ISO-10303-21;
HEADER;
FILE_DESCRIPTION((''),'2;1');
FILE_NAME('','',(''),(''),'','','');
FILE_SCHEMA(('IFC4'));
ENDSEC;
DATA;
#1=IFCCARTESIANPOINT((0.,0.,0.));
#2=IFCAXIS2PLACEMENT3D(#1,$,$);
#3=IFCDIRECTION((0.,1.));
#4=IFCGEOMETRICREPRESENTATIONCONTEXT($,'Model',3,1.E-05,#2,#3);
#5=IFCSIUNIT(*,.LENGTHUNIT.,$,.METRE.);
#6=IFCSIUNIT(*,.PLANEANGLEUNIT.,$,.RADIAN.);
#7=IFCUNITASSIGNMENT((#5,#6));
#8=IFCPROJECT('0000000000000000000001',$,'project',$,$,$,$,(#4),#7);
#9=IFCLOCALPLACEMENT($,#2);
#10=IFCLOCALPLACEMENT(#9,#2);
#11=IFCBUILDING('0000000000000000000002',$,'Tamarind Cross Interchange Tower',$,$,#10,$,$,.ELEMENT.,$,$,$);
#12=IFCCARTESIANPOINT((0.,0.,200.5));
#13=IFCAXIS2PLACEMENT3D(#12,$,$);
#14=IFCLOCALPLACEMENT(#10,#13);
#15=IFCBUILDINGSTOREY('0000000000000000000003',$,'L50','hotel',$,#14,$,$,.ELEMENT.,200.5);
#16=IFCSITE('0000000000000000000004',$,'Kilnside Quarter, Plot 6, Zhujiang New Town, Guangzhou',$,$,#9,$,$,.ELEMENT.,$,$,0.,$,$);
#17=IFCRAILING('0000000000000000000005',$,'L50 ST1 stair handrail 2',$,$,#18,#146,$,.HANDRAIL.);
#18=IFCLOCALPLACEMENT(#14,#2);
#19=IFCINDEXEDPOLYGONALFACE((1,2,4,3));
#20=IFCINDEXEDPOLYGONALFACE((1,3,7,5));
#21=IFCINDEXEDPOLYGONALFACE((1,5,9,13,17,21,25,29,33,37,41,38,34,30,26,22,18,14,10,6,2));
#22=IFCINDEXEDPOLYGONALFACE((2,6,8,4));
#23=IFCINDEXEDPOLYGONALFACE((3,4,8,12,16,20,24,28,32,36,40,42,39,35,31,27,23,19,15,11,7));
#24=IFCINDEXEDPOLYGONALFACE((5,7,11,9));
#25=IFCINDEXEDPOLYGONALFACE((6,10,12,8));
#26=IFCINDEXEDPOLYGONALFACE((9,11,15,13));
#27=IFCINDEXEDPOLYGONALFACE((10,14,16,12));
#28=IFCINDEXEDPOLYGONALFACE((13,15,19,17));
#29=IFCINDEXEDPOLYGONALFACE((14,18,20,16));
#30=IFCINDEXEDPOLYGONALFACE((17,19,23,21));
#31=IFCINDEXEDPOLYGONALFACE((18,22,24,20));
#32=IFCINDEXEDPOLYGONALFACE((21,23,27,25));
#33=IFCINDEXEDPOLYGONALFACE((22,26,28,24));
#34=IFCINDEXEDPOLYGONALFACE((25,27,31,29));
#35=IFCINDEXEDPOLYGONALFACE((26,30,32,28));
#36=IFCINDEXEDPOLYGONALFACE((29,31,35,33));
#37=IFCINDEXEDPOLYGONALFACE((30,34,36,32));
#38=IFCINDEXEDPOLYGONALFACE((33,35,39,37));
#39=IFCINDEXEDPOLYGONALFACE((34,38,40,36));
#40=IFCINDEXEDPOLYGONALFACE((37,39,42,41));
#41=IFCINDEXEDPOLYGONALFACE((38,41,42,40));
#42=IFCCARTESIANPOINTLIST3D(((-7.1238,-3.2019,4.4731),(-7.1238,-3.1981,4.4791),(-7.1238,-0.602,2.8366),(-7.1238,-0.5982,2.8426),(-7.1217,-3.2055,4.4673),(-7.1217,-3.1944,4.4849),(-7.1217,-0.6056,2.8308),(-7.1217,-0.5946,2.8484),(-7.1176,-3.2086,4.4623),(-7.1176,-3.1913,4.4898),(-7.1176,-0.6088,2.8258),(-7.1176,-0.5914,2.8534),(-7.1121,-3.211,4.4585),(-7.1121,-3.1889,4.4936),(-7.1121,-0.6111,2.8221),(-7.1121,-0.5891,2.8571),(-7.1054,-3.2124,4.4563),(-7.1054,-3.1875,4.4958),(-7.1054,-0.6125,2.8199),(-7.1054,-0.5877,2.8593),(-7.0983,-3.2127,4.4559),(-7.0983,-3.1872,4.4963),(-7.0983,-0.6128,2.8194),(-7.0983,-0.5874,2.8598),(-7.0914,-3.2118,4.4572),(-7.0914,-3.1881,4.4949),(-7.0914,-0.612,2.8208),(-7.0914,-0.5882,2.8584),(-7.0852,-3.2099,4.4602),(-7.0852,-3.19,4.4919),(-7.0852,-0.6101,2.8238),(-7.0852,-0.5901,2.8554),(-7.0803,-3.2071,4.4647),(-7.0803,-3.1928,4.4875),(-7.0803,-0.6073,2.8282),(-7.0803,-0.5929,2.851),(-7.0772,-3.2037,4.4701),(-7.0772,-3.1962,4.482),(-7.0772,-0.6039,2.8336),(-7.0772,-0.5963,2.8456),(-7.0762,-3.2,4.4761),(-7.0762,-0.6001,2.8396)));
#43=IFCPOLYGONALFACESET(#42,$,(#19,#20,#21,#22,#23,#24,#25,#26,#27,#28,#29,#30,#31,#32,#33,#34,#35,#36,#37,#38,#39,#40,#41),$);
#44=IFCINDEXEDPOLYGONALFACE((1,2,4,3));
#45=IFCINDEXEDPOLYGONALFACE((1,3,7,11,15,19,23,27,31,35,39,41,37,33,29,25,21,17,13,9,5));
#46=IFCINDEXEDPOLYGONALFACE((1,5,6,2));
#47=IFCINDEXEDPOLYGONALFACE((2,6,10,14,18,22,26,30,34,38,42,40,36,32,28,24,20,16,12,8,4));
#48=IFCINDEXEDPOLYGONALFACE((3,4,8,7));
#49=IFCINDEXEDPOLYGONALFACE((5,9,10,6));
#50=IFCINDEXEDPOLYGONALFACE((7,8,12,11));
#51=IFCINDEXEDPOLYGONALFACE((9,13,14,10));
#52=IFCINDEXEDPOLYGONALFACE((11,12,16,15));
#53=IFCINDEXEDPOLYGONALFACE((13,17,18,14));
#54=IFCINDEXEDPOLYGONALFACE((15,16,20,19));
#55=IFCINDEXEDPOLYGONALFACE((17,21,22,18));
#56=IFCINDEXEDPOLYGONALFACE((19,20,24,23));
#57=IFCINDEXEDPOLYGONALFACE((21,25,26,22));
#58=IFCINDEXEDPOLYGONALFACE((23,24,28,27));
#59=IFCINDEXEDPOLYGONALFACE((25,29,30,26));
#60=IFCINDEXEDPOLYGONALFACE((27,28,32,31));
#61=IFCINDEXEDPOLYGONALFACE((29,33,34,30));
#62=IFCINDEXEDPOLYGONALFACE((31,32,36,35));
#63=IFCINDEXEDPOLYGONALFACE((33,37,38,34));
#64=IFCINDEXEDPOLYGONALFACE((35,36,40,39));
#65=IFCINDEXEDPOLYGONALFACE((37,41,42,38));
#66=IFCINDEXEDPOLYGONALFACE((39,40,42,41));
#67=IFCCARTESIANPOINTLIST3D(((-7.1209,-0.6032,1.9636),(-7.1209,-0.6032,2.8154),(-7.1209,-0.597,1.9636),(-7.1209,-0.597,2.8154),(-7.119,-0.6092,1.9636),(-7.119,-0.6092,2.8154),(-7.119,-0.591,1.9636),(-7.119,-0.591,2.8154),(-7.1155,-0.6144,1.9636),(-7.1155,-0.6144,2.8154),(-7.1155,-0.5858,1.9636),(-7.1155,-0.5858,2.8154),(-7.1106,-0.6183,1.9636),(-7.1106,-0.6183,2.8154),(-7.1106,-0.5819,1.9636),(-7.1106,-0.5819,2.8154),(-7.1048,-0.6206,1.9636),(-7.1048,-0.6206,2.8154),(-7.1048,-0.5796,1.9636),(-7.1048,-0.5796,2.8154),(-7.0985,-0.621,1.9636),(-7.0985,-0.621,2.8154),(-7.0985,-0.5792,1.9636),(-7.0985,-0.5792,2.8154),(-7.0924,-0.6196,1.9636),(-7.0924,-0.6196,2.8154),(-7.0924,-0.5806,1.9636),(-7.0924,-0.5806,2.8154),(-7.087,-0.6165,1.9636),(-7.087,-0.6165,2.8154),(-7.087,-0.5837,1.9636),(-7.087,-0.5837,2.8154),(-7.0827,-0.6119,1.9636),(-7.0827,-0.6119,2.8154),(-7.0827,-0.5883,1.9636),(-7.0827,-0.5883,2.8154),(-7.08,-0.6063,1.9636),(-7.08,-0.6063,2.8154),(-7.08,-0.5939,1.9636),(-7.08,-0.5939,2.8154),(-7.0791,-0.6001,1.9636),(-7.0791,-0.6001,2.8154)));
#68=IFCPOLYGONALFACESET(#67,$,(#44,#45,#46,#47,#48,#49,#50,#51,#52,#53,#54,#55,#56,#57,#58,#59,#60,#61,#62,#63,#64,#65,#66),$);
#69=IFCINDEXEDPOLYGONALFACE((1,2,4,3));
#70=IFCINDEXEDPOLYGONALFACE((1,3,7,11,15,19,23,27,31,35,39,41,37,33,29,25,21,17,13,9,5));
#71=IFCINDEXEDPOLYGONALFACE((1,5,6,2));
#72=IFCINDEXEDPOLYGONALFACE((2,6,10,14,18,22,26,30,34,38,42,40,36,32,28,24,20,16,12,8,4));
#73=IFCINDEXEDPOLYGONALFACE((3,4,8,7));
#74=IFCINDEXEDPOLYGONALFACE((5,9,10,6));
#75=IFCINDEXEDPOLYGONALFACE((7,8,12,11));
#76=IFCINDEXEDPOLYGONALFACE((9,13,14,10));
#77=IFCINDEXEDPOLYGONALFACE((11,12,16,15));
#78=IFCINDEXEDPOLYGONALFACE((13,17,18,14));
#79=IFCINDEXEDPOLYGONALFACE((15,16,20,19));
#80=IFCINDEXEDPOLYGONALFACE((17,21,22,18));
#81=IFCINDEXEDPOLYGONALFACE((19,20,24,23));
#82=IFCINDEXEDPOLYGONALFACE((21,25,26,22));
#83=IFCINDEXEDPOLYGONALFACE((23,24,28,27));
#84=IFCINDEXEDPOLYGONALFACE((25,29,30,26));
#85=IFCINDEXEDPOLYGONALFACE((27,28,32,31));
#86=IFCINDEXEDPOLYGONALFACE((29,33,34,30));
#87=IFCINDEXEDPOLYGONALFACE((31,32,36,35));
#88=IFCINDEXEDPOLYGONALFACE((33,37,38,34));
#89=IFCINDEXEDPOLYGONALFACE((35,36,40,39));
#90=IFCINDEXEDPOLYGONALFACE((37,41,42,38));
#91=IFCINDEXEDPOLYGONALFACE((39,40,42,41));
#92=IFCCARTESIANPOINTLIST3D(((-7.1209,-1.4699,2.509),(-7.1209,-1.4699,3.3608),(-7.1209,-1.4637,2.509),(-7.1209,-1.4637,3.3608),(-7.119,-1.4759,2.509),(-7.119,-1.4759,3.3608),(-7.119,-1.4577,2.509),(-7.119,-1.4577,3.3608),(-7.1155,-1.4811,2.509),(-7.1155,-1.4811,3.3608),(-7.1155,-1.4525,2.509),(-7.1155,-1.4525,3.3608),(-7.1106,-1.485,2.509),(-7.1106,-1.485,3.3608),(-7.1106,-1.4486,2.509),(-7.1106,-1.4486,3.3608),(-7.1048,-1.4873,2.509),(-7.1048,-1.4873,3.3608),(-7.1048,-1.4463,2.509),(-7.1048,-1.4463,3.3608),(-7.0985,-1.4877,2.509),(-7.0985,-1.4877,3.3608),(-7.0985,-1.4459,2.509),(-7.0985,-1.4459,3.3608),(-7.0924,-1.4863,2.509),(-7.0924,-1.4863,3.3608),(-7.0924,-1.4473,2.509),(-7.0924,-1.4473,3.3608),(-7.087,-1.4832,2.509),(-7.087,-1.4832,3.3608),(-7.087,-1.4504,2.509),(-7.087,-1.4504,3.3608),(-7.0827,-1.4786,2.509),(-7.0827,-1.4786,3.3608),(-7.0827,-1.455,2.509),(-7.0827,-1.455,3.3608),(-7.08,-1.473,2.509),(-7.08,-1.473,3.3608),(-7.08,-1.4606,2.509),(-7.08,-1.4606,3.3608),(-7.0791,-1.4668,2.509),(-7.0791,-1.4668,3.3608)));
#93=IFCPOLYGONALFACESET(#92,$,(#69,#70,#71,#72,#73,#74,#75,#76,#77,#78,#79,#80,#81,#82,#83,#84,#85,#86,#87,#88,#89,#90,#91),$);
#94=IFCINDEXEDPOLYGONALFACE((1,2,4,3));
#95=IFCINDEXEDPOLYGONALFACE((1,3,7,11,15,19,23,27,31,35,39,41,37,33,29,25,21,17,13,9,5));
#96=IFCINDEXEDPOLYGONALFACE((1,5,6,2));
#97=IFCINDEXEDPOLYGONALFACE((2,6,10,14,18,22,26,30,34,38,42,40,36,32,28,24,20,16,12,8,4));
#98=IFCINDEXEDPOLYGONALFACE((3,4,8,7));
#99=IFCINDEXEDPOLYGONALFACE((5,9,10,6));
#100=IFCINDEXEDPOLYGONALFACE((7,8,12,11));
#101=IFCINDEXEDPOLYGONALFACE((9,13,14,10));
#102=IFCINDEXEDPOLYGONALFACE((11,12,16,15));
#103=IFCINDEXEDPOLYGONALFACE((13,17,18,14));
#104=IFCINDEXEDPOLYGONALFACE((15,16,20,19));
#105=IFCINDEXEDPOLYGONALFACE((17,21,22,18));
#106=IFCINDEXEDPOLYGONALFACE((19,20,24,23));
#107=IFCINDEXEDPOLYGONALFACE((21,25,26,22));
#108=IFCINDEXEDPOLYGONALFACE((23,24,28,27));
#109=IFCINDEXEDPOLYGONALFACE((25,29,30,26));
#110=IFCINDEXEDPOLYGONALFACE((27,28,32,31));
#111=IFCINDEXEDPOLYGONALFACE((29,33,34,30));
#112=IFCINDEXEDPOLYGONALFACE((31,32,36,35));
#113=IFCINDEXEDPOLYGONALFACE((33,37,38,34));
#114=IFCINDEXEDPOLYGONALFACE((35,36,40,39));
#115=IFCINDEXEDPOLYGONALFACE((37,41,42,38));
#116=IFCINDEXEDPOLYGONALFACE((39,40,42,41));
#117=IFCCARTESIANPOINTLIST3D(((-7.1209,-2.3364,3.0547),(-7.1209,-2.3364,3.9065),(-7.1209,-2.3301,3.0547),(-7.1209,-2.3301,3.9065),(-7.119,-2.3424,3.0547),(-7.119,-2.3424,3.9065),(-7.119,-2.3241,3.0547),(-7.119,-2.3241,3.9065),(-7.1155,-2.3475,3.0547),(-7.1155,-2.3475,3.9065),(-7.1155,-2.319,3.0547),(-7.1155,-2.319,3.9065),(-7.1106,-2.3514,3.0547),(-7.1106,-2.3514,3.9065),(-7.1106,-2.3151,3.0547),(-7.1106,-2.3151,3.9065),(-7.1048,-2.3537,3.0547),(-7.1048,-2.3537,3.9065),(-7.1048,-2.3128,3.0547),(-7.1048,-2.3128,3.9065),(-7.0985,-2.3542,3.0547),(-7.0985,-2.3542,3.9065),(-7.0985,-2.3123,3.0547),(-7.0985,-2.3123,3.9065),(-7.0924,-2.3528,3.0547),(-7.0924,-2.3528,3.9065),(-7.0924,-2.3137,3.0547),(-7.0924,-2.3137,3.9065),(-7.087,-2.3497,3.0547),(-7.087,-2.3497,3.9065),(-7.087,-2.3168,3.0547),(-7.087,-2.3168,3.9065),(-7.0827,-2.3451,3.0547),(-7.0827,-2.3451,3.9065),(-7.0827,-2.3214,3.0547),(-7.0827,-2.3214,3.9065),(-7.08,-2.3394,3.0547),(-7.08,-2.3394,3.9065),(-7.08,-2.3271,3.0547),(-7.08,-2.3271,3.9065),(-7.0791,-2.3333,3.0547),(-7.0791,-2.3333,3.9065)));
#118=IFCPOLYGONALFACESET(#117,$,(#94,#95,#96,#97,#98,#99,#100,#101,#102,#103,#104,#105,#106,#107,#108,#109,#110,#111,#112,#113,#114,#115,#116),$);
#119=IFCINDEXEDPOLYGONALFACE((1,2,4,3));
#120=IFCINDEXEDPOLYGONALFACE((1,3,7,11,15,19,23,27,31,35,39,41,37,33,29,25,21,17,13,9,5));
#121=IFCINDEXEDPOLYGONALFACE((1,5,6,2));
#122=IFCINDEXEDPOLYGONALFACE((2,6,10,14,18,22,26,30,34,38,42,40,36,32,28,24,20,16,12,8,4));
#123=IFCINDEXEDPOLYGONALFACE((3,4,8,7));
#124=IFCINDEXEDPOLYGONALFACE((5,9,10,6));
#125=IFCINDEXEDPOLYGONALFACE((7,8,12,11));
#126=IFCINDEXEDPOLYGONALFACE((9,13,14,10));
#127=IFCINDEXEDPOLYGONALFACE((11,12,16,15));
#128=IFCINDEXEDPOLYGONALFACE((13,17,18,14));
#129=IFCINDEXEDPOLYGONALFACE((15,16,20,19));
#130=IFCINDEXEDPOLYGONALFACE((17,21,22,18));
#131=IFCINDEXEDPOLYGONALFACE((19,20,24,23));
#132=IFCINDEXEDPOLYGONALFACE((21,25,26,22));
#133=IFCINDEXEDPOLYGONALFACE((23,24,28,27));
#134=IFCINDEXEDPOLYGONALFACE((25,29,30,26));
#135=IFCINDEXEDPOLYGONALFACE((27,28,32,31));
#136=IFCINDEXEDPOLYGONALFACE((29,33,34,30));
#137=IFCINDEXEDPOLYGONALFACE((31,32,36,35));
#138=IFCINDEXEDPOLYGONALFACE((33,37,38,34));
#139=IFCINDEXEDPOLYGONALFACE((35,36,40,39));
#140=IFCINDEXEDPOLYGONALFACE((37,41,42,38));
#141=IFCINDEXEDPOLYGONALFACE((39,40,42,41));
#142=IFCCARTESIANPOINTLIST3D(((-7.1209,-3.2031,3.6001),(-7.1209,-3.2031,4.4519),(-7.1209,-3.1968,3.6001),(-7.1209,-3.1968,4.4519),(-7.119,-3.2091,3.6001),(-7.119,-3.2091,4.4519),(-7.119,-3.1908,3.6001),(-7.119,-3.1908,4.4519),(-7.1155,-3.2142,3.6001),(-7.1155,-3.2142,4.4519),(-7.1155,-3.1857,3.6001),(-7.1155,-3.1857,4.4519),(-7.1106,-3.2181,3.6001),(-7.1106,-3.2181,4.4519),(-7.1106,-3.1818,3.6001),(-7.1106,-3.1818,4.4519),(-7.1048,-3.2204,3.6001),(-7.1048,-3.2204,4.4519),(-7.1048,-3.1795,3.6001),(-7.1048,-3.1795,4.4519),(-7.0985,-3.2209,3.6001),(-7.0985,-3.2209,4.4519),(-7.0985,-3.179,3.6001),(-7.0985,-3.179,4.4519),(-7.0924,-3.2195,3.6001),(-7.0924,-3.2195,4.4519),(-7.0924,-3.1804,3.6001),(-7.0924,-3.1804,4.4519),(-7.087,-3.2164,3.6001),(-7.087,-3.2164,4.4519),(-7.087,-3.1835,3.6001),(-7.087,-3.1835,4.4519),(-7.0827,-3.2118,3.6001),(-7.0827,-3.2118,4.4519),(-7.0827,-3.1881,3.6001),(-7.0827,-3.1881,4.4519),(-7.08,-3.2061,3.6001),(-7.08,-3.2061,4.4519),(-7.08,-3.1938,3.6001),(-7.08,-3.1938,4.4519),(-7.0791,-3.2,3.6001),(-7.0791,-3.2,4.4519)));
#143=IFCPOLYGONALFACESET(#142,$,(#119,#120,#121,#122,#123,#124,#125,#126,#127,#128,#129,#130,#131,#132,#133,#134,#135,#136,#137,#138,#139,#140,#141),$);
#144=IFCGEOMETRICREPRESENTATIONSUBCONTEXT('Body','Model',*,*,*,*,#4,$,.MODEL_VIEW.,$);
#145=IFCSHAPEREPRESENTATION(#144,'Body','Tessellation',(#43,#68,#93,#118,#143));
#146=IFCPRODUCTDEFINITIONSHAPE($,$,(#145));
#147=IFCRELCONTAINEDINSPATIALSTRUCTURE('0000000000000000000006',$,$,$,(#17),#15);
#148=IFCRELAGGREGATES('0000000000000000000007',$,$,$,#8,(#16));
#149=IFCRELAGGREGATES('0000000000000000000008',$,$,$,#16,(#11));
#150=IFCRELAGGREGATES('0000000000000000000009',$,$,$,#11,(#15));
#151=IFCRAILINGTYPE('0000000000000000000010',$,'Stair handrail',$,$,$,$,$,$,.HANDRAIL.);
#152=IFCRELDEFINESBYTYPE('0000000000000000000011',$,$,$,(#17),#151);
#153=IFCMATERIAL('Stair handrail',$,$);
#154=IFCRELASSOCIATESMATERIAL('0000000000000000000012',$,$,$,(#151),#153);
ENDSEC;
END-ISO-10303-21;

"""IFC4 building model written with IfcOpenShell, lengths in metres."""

from ifc_helpers import new_model, si_unit, direction, frame, origin, origin_2d, place, context, subcontext, project, spatial, circle, extrude, material, type_object, element, save


model = new_model("IFC4")

# Units and contexts
model_context = context("Model", 3, precision=1e-05, world=origin(), true_north=direction((0.0, 1.0)))
body_context = subcontext(model_context, "Body", "Model", "MODEL_VIEW")
ifc_project = project(units=[si_unit("LENGTHUNIT", "METRE"), si_unit("PLANEANGLEUNIT", "RADIAN")], contexts=[model_context])

# Site, building, storey
site_placement = place(None, origin())
site = spatial("IfcSite", under=ifc_project, at=site_placement, Name="Kilnside Quarter, Plot 6, Zhujiang New Town, Guangzhou", CompositionType="ELEMENT", RefElevation=0.0)
building_placement = place(site_placement, origin())
building = spatial("IfcBuilding", under=site, at=building_placement, Name="Tamarind Cross Interchange Tower", CompositionType="ELEMENT")
storey_placement = place(building_placement, frame((0.0, 0.0, 200.5)))
storey = spatial("IfcBuildingStorey", under=building, at=storey_placement, Name="L50", Description="hotel", CompositionType="ELEMENT", Elevation=200.5)

# Railing
ifc_material_1 = material(Name="Stair handrail")
railing_type_1 = type_object("IfcRailingType", Name="Stair handrail", PredefinedType="HANDRAIL", material=ifc_material_1)
railing_1_placement = place(storey_placement, frame((-7.1001, -0.6001, 1.9636)))
element("IfcRailing", 1, at=railing_1_placement, inside=storey, type_object=railing_type_1, Name="L50 ST1 stair handrail 2", PredefinedType="HANDRAIL", context=body_context, shape_type="SweptSolid", body=[
    extrude(circle(Radius=0.0239, at=origin_2d()), frame((0.0, 0.0, 0.876), z_axis=(0.0, -0.846302, 0.532704), x_axis=(1.0, 0.0, 0.0)), (0.0, 0.0, 1.0), 3.072),
    extrude(circle(Radius=0.021, at=origin_2d()), origin(), (0.0, 0.0, 1.0), 0.8518),
    extrude(circle(Radius=0.021, at=origin_2d()), frame((0.0, -0.8667, 0.5454)), (0.0, 0.0, 1.0), 0.8518),
    extrude(circle(Radius=0.021, at=origin_2d()), frame((0.0, -1.7332, 1.0911)), (0.0, 0.0, 1.0), 0.8518),
    extrude(circle(Radius=0.021, at=origin_2d()), frame((0.0, -2.5999, 1.6365)), (0.0, 0.0, 1.0), 0.8518),
])

save(model, "model.ifc")
